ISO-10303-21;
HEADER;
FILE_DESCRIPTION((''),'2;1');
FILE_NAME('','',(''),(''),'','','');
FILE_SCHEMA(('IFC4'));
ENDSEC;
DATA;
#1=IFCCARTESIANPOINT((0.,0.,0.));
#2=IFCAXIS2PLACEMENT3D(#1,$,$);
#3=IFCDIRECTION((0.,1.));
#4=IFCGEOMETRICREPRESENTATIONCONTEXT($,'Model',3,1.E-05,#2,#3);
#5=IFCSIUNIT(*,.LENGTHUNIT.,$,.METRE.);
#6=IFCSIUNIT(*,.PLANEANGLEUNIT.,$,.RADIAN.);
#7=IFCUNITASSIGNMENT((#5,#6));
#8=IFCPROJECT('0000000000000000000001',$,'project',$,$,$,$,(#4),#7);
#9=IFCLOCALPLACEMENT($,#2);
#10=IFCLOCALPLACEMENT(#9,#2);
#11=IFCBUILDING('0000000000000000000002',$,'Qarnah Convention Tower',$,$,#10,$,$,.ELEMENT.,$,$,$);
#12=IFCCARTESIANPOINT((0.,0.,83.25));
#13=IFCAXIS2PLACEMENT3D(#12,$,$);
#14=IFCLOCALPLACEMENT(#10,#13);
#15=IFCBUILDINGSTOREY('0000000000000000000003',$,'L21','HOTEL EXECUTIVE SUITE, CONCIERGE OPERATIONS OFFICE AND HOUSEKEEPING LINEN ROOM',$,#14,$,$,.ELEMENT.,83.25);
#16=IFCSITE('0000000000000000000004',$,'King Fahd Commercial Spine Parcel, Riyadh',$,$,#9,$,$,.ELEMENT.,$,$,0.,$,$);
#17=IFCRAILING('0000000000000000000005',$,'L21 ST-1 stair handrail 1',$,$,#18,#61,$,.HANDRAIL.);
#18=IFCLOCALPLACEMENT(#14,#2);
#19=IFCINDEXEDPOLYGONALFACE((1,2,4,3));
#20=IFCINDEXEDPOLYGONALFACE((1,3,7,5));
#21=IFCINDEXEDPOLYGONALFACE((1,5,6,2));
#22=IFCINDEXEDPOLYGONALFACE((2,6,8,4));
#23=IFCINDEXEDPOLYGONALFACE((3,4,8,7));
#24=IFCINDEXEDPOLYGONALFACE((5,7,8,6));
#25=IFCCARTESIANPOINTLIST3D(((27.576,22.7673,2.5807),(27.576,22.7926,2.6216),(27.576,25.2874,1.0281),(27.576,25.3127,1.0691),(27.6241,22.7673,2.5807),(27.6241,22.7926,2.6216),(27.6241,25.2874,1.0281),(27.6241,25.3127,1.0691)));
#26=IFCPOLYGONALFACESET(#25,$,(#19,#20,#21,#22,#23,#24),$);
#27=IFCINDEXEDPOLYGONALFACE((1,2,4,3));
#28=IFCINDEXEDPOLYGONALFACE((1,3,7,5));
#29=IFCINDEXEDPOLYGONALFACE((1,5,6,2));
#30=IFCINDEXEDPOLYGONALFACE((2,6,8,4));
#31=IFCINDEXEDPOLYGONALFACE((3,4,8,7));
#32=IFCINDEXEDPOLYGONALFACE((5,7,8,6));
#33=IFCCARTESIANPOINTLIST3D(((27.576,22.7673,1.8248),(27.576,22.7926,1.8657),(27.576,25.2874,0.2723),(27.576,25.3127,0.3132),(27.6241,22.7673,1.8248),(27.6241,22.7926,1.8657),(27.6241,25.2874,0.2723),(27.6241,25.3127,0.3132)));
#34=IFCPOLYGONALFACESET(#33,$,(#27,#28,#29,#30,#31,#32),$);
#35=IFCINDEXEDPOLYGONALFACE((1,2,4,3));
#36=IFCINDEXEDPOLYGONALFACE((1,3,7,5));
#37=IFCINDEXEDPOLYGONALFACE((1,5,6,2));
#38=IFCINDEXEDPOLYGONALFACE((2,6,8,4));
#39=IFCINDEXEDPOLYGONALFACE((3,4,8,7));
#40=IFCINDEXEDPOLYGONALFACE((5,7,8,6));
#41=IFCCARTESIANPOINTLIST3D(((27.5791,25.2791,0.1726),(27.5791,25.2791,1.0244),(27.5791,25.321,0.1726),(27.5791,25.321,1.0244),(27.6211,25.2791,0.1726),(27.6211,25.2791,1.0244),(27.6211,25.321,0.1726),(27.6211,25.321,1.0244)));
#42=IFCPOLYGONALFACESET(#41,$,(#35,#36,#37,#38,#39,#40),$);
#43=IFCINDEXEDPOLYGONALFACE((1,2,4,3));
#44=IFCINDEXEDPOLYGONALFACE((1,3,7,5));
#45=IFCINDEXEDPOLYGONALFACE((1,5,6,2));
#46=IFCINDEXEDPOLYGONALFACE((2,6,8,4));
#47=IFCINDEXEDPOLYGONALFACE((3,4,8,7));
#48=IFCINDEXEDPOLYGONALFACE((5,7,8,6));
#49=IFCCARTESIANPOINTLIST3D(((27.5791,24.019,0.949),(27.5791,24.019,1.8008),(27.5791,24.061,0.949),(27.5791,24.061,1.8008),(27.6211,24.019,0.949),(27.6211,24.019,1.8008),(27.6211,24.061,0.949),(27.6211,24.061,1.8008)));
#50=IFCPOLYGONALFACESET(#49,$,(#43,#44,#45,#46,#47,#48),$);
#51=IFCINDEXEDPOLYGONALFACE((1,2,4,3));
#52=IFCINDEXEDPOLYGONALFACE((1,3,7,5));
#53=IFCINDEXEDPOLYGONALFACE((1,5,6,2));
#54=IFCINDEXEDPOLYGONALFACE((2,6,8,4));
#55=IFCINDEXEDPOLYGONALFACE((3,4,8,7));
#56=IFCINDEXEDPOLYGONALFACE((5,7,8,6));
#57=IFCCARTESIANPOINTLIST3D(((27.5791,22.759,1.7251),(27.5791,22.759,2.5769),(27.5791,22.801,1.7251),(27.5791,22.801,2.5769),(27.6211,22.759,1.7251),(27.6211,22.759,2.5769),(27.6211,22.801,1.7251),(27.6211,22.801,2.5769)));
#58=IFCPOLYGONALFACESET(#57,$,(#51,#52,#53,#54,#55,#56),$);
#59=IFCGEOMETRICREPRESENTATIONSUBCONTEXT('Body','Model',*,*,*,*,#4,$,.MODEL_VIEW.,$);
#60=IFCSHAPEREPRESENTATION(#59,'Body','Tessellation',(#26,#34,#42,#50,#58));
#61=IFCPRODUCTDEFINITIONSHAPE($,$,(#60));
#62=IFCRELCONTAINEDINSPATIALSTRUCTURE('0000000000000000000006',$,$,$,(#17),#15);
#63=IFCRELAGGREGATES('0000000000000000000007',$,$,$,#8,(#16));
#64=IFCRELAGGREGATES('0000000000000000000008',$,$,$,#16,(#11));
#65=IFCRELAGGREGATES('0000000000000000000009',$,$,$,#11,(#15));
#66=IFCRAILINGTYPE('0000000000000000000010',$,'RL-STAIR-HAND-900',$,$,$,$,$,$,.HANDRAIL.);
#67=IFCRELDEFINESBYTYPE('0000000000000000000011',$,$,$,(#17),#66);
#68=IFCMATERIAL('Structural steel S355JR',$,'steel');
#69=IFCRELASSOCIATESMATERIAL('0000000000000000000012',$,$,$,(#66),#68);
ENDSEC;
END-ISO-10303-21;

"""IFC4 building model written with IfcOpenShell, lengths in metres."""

from ifc_helpers import new_model, si_unit, direction, frame, origin, origin_2d, place, context, subcontext, project, spatial, rectangle, extrude, material, type_object, element, save


model = new_model("IFC4")

# Units and contexts
model_context = context("Model", 3, precision=1e-05, world=origin(), true_north=direction((0.0, 1.0)))
body_context = subcontext(model_context, "Body", "Model", "MODEL_VIEW")
ifc_project = project(units=[si_unit("LENGTHUNIT", "METRE"), si_unit("PLANEANGLEUNIT", "RADIAN")], contexts=[model_context])

# Site, building, storey
site_placement = place(None, origin())
site = spatial("IfcSite", under=ifc_project, at=site_placement, Name="King Fahd Commercial Spine Parcel, Riyadh", CompositionType="ELEMENT", RefElevation=0.0)
building_placement = place(site_placement, origin())
building = spatial("IfcBuilding", under=site, at=building_placement, Name="Qarnah Convention Tower", CompositionType="ELEMENT")
storey_placement = place(building_placement, frame((0.0, 0.0, 83.25)))
storey = spatial("IfcBuildingStorey", under=building, at=storey_placement, Name="L21", Description="HOTEL EXECUTIVE SUITE, CONCIERGE OPERATIONS OFFICE AND HOUSEKEEPING LINEN ROOM", CompositionType="ELEMENT", Elevation=83.25)

# Shared definitions
ifc_material_1 = material(Name="Structural steel S355JR", Category="steel")

# Railing
railing_type = type_object("IfcRailingType", Name="RL-STAIR-HAND-900", PredefinedType="HANDRAIL", material=ifc_material_1)
railing_placement = place(storey_placement, frame((27.6001, 25.3, 0.1726)))
element("IfcRailing", 1, at=railing_placement, inside=storey, type_object=railing_type, Name="L21 ST-1 stair handrail 1", PredefinedType="HANDRAIL", context=body_context, shape_type="SweptSolid", body=[
    extrude(rectangle(XDim=0.0481, YDim=0.0481, at=origin_2d()), frame((0.0, 0.0, 0.876), z_axis=(0.0, -0.8514, 0.524516), x_axis=(1.0, 0.0, 0.0)), (0.0, 0.0, 1.0), 2.96),
    extrude(rectangle(XDim=0.0481, YDim=0.0481, at=origin_2d()), frame((0.0, 0.0, 0.1201), z_axis=(0.0, -0.8514, 0.524516), x_axis=(1.0, 0.0, 0.0)), (0.0, 0.0, 1.0), 2.96),
    extrude(rectangle(XDim=0.042, YDim=0.042, at=origin_2d()), origin(), (0.0, 0.0, 1.0), 0.8518),
    extrude(rectangle(XDim=0.042, YDim=0.042, at=origin_2d()), frame((0.0, -1.26, 0.7764)), (0.0, 0.0, 1.0), 0.8518),
    extrude(rectangle(XDim=0.042, YDim=0.042, at=origin_2d()), frame((0.0, -2.52, 1.5525)), (0.0, 0.0, 1.0), 0.8518),
])

save(model, "model.ifc")
